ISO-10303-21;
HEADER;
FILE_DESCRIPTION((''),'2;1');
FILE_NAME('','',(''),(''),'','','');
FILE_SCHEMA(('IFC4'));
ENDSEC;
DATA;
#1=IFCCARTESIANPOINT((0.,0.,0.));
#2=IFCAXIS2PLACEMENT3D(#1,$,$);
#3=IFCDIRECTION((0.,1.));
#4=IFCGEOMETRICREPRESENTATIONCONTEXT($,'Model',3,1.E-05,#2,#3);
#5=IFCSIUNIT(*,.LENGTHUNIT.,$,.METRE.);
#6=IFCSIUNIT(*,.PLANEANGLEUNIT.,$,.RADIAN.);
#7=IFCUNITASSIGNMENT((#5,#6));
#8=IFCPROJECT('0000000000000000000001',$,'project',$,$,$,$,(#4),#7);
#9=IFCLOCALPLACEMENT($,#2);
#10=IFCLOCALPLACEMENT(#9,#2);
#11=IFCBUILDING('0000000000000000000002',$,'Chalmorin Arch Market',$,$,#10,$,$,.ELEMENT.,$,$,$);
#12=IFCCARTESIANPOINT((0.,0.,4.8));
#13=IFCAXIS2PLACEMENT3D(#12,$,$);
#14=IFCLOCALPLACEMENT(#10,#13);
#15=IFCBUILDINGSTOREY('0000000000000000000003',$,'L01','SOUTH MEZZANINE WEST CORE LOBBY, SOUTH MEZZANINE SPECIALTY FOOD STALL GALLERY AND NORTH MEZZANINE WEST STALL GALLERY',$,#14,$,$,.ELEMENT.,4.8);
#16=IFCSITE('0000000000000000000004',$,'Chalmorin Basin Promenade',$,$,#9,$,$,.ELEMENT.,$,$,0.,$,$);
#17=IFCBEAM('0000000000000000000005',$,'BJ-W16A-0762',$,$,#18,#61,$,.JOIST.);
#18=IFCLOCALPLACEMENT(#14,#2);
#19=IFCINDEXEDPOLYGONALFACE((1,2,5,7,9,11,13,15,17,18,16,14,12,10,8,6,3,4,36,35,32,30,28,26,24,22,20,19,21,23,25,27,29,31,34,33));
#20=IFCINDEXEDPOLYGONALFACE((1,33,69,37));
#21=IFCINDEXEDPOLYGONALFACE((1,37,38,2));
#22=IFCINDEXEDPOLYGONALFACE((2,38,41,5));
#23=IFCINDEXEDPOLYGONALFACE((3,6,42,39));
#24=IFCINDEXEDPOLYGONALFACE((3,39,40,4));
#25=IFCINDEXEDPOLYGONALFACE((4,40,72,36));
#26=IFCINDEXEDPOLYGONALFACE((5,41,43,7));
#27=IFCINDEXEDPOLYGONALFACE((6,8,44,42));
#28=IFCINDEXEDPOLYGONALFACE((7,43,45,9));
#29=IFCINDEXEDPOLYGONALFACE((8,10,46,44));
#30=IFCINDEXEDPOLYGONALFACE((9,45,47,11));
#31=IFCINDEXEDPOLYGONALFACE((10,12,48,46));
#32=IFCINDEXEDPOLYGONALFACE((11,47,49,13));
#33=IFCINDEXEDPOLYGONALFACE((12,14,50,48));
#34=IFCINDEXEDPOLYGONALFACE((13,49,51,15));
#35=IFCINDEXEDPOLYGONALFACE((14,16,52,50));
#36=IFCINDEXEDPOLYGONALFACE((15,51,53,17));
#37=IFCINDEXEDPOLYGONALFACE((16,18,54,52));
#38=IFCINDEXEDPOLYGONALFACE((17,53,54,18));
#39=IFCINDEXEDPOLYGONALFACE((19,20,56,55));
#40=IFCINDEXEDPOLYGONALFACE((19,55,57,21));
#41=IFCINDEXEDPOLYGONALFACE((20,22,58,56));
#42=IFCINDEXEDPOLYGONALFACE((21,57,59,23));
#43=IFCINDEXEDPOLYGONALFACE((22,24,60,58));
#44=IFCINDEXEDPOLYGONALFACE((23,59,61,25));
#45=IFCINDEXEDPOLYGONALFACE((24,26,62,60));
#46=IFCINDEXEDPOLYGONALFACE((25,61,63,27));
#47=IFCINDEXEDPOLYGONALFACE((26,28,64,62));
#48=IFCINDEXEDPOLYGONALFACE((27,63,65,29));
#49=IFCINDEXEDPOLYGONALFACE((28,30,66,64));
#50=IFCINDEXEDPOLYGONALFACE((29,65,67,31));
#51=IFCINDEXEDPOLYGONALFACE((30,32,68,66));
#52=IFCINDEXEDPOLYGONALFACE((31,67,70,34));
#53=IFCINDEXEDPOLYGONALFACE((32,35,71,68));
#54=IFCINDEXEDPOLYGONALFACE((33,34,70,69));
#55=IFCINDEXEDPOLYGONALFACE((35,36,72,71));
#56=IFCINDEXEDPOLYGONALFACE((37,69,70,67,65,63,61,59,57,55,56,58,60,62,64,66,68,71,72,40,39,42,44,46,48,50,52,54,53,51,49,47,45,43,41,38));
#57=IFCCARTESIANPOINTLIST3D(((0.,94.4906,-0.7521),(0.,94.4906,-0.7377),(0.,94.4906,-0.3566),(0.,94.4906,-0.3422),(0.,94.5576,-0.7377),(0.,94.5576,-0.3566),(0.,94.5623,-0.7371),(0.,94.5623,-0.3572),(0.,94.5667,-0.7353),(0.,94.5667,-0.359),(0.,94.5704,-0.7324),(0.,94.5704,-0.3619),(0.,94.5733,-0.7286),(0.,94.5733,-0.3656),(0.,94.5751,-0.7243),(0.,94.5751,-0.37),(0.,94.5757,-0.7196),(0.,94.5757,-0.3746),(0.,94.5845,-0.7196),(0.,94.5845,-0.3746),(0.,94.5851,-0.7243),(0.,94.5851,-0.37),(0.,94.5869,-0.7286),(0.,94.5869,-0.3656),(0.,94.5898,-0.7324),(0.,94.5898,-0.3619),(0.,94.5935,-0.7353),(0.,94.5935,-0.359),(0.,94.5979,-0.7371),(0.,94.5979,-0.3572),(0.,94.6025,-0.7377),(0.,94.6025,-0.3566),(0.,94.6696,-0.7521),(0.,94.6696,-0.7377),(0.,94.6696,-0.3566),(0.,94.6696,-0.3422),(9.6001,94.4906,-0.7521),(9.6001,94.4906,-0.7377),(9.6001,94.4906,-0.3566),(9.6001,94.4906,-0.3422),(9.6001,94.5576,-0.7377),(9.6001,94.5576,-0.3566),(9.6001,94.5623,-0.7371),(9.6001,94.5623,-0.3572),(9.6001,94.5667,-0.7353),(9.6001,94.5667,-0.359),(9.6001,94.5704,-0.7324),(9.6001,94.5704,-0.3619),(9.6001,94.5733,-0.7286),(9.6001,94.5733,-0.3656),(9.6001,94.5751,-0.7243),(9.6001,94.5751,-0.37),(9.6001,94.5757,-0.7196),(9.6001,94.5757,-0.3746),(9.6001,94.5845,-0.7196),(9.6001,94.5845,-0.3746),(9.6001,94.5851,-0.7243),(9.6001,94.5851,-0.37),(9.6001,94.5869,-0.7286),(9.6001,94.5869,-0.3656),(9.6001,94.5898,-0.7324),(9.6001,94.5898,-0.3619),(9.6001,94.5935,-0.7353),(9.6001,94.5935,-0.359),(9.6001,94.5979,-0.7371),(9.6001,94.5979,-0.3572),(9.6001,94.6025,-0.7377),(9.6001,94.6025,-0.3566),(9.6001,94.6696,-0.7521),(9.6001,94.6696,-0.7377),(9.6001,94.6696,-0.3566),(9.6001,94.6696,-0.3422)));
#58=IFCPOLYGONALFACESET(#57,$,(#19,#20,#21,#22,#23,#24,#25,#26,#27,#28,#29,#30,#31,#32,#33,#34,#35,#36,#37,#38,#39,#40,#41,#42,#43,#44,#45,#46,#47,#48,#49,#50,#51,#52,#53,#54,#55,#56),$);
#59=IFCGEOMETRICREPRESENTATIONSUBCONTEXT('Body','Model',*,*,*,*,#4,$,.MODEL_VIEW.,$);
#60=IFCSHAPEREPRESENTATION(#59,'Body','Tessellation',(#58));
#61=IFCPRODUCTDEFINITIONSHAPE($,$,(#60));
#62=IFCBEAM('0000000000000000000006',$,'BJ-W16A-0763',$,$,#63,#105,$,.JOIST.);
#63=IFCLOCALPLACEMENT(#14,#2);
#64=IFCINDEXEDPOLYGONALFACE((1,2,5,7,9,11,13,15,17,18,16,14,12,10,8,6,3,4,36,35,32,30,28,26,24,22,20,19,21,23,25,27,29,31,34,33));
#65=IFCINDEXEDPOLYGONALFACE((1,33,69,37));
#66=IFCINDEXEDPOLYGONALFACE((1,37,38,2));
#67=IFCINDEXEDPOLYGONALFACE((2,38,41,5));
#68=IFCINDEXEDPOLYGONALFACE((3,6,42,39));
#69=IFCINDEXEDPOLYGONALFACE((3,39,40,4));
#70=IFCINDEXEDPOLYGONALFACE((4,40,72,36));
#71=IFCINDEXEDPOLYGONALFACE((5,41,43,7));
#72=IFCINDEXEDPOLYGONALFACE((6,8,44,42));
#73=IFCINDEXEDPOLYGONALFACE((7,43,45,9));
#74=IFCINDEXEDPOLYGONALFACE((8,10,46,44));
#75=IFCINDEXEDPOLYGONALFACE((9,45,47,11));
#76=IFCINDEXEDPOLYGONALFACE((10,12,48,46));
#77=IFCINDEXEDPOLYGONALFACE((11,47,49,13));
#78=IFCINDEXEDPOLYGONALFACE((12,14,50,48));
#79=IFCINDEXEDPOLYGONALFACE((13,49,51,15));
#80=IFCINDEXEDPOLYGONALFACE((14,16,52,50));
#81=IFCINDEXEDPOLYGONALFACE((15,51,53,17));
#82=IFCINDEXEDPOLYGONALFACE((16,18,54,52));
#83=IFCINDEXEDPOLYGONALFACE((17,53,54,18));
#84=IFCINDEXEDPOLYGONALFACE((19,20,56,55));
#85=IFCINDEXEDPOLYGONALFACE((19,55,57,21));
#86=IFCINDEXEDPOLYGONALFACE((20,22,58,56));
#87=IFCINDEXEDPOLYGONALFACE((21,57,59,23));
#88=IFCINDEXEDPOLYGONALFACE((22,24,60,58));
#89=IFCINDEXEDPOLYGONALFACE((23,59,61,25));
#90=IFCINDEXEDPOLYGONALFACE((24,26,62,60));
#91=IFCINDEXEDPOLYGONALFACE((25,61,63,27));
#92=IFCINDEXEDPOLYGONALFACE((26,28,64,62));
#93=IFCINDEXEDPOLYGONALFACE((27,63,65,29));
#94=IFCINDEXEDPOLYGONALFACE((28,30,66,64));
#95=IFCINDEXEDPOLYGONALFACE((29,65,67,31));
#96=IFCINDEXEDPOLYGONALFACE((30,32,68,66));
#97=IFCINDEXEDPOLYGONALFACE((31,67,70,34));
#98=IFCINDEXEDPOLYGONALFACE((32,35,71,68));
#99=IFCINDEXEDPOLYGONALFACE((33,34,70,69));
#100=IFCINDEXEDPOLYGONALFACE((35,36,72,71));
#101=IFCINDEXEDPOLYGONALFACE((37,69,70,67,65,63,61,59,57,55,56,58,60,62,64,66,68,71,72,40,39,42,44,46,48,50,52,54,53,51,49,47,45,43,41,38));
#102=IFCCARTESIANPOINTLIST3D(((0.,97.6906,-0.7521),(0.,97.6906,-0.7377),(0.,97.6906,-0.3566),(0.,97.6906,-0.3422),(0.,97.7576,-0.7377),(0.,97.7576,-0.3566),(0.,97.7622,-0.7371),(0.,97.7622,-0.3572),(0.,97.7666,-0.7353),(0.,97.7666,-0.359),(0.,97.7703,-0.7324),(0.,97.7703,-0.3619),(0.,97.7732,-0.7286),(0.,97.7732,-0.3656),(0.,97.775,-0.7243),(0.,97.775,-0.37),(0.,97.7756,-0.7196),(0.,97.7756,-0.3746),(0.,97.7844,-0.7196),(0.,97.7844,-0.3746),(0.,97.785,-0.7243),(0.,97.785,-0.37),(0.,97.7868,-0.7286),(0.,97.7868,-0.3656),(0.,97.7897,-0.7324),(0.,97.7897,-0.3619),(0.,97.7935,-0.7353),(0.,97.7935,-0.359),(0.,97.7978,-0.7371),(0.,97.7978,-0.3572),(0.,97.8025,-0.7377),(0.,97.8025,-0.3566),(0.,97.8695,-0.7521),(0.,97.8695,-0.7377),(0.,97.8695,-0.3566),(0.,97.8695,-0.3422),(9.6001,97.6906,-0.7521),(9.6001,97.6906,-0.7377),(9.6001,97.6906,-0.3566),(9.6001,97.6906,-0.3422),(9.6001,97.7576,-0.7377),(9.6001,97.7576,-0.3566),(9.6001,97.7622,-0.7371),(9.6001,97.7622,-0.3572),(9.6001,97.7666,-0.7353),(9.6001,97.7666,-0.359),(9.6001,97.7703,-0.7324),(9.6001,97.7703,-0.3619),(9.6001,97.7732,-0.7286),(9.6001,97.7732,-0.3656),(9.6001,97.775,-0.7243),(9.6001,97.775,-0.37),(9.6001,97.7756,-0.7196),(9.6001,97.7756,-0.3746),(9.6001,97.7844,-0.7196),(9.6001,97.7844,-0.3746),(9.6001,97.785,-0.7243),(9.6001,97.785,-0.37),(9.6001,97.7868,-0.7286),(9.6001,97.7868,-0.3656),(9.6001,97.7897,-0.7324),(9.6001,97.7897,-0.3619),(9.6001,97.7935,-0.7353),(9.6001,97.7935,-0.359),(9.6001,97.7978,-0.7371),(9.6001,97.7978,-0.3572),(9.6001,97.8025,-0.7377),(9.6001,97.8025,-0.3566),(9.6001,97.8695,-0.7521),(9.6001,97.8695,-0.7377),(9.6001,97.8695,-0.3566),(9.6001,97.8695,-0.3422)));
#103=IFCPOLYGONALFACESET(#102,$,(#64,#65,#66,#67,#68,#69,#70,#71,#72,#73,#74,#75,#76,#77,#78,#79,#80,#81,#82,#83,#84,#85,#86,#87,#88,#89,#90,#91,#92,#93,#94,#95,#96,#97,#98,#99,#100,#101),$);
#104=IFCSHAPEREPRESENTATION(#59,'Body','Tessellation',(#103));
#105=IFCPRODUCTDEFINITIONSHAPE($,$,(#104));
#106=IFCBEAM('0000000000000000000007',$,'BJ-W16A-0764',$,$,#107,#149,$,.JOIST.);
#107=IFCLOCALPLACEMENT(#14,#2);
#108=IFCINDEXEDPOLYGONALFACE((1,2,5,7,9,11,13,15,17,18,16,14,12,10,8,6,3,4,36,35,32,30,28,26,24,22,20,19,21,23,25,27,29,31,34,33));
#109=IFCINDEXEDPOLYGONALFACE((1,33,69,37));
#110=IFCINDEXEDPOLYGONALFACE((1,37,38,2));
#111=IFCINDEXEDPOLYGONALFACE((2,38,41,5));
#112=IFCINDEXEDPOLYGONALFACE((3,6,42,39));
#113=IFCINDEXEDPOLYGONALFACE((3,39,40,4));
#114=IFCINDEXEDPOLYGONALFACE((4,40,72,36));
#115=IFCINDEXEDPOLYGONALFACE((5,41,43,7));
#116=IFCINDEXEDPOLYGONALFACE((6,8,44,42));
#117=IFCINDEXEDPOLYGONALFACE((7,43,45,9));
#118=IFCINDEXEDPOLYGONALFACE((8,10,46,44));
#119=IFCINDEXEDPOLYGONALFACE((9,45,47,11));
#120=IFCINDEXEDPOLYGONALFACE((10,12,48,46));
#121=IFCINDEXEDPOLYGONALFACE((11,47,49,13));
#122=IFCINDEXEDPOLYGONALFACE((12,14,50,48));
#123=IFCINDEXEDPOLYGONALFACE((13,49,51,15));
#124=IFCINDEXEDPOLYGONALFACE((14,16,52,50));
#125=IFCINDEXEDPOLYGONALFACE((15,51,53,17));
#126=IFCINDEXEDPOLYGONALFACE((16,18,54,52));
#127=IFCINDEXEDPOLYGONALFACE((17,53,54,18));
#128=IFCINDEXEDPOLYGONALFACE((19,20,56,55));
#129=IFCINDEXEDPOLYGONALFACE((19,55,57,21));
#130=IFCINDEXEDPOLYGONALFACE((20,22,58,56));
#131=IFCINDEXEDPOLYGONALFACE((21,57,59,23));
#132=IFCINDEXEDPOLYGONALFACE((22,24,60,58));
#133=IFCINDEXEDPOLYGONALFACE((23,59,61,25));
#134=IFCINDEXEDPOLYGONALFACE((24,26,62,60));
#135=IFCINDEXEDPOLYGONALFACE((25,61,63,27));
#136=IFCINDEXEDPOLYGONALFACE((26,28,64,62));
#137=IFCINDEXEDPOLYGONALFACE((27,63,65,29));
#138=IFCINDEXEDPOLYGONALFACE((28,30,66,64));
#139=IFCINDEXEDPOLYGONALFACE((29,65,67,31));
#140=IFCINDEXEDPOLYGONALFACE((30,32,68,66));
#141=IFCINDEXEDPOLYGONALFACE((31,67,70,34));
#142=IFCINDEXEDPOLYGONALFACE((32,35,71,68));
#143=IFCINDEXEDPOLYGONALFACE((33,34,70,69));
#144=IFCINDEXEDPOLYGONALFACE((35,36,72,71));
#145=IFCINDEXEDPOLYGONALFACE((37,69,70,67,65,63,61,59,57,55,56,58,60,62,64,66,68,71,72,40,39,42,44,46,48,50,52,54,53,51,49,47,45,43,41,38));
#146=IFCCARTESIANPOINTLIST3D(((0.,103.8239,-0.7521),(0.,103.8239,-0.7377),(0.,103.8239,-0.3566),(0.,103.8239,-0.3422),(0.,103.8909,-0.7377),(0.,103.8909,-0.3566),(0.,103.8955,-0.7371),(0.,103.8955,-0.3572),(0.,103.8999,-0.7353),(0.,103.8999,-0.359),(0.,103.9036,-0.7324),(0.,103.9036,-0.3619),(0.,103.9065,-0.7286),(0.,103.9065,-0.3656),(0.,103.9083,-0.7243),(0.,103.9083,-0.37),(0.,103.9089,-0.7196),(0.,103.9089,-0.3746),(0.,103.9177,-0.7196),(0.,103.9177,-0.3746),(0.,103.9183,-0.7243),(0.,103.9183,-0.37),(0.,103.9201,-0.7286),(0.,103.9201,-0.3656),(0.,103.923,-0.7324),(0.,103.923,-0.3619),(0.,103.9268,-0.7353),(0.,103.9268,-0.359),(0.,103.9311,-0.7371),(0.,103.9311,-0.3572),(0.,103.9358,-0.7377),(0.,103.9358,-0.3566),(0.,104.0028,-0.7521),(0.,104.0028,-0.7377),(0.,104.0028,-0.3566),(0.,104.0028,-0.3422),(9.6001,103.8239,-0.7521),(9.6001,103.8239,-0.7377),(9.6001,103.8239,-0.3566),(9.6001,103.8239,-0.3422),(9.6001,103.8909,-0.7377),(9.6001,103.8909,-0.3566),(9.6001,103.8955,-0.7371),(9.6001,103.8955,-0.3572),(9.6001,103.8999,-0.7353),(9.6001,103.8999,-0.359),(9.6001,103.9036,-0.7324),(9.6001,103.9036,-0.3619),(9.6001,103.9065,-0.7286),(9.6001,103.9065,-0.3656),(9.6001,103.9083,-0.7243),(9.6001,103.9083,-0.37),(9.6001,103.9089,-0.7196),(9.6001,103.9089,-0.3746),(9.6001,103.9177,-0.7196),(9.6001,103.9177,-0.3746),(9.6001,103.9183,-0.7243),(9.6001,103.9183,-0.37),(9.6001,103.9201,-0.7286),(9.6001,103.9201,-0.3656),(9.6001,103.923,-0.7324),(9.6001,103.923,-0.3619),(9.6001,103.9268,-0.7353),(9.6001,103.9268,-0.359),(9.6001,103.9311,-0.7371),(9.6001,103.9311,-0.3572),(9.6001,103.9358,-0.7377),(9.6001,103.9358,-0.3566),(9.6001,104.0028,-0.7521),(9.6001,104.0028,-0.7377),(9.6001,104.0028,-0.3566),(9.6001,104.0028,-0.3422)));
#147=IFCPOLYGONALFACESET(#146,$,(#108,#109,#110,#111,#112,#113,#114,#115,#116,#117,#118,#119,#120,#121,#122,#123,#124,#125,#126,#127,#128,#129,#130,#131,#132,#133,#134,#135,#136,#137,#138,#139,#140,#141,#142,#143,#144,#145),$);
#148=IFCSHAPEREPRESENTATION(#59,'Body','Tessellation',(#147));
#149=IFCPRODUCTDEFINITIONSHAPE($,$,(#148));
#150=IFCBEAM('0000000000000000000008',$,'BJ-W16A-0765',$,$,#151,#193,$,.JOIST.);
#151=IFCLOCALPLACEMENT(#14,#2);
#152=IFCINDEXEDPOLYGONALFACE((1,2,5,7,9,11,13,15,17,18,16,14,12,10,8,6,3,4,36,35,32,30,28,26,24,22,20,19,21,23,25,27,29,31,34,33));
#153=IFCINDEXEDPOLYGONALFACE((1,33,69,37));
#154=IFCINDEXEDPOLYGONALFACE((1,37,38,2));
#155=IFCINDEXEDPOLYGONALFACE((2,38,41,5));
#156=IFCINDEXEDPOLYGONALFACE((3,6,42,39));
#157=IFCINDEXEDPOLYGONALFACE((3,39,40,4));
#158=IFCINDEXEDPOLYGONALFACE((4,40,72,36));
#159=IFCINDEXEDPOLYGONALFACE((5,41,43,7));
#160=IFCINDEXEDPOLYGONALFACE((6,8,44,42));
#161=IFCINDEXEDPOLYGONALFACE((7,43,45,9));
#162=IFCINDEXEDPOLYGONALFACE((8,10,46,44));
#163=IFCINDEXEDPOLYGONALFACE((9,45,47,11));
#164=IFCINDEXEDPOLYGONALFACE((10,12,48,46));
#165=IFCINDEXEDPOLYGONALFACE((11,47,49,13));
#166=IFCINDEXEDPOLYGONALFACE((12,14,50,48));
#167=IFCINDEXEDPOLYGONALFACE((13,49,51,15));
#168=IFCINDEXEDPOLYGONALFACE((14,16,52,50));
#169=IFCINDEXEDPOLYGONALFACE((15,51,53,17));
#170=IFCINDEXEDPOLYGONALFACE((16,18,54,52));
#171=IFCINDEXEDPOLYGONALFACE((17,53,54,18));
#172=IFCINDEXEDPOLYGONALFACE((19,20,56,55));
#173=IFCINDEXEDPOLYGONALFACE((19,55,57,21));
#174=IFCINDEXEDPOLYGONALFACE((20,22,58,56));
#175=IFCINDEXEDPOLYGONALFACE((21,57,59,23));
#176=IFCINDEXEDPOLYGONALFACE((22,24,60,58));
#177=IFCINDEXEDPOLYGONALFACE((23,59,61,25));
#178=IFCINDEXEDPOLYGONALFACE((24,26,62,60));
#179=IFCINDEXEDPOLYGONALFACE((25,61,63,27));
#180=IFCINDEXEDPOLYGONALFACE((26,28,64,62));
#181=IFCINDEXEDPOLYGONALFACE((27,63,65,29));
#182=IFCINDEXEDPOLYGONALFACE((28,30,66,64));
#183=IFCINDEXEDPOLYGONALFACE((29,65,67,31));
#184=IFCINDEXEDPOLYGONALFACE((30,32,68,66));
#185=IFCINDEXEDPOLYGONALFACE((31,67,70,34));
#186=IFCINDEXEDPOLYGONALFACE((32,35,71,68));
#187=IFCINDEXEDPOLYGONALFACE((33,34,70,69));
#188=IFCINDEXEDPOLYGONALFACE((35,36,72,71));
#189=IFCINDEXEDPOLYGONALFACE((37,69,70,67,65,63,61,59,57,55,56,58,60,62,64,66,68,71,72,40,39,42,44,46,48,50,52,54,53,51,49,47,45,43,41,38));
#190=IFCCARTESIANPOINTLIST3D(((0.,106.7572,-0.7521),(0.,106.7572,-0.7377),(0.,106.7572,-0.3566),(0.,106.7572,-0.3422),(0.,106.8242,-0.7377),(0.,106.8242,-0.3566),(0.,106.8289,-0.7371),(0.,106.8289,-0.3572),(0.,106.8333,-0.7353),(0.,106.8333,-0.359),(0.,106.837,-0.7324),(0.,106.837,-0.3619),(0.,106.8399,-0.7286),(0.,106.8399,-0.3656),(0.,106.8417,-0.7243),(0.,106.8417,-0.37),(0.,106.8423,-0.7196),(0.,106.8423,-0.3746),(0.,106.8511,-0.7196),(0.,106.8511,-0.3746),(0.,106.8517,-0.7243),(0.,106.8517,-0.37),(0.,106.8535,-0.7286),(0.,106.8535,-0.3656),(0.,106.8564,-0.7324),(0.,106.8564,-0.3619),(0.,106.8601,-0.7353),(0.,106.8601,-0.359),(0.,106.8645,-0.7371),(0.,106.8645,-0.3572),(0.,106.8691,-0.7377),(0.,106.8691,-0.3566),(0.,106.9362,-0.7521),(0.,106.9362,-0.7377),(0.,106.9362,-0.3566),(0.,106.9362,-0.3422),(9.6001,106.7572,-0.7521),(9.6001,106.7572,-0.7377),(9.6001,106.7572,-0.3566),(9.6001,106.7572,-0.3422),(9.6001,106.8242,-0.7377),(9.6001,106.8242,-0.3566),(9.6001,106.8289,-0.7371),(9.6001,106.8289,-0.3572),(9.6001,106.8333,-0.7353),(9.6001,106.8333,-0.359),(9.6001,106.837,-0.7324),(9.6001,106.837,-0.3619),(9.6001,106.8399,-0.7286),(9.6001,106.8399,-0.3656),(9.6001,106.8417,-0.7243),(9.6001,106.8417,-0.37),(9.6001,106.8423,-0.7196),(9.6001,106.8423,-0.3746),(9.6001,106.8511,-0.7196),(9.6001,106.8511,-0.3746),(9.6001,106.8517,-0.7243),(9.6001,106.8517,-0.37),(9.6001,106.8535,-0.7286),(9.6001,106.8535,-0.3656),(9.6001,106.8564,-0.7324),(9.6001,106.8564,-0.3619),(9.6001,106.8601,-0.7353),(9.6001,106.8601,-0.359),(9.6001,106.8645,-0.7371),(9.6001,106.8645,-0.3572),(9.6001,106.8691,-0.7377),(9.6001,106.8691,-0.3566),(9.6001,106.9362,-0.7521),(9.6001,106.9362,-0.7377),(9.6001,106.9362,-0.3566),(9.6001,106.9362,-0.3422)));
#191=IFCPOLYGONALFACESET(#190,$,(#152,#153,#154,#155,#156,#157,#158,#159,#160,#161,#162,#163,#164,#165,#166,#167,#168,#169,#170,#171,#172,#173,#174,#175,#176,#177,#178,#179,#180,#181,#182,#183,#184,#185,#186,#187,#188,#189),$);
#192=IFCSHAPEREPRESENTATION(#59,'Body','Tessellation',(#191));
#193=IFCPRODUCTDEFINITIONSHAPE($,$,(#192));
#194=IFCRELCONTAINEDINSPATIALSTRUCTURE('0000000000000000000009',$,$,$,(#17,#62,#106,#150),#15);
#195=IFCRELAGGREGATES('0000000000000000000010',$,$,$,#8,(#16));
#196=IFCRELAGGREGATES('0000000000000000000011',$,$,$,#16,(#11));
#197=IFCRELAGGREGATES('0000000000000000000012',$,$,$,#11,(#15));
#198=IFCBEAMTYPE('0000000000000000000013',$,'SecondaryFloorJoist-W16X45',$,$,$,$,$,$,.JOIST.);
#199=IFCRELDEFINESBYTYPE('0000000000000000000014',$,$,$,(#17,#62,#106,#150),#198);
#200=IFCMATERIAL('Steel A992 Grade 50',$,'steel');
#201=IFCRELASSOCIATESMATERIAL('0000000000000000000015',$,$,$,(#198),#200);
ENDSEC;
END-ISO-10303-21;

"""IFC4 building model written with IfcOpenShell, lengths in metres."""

from ifc_helpers import new_model, si_unit, direction, frame, origin, origin_2d, place, context, subcontext, project, spatial, i_section, extrude, material, material_profile, profile_set, type_object, element, save


model = new_model("IFC4")

# Units and contexts
model_context = context("Model", 3, precision=1e-05, world=origin(), true_north=direction((0.0, 1.0)))
body_context = subcontext(model_context, "Body", "Model", "MODEL_VIEW")
ifc_project = project(units=[si_unit("LENGTHUNIT", "METRE"), si_unit("PLANEANGLEUNIT", "RADIAN")], contexts=[model_context])

# Site, building, storey
site_placement = place(None, origin())
site = spatial("IfcSite", under=ifc_project, at=site_placement, Name="Chalmorin Basin Promenade", CompositionType="ELEMENT", RefElevation=0.0)
building_placement = place(site_placement, origin())
building = spatial("IfcBuilding", under=site, at=building_placement, Name="Chalmorin Arch Market", CompositionType="ELEMENT")
storey_placement = place(building_placement, frame((0.0, 0.0, 4.8)))
storey = spatial("IfcBuildingStorey", under=building, at=storey_placement, Name="L01", Description="SOUTH MEZZANINE WEST CORE LOBBY, SOUTH MEZZANINE SPECIALTY FOOD STALL GALLERY AND NORTH MEZZANINE WEST STALL GALLERY", CompositionType="ELEMENT", Elevation=4.8)

# Beams
ifc_material = material(Name="Steel A992 Grade 50", Category="steel")
ifc_material_profile_1 = material_profile(ifc_material, i_section(OverallWidth=0.179, OverallDepth=0.4099, WebThickness=0.0088, FlangeThickness=0.0144, FilletRadius=0.0181, at=origin_2d()), Name="W16X45")
ifc_profile_set_1 = profile_set([ifc_material_profile_1], Name="Steel A992 Grade 50")
beam_type_1 = type_object("IfcBeamType", Name="SecondaryFloorJoist-W16X45", PredefinedType="JOIST", material=ifc_profile_set_1)
for number, where, z_axis, x_axis, name in (
    (1, (0.0, 94.5801, -0.5471), (1.0, 0.0, 0.0), (0.0, 1.0, 0.0), "BJ-W16A-0762"),
    (2, (0.0, 97.78, -0.5471), (1.0, 0.0, 0.0), (0.0, 1.0, 0.0), "BJ-W16A-0763"),
    (3, (0.0, 103.9133, -0.5471), (1.0, 0.0, 0.0), (0.0, 1.0, 0.0), "BJ-W16A-0764"),
    (4, (0.0, 106.8467, -0.5471), (1.0, 0.0, 0.0), (0.0, 1.0, 0.0), "BJ-W16A-0765"),
):
    element("IfcBeam", number, at=place(storey_placement, frame(where, z_axis=z_axis, x_axis=x_axis)), inside=storey, type_object=beam_type_1, Name=name, PredefinedType="JOIST", context=body_context, shape_type="SweptSolid", body=[
        extrude(i_section(OverallWidth=0.179, OverallDepth=0.4099, WebThickness=0.0088, FlangeThickness=0.0144, FilletRadius=0.0181, at=origin_2d()), origin(), (0.0, 0.0, 1.0), 9.6001),
    ])

save(model, "model.ifc")
